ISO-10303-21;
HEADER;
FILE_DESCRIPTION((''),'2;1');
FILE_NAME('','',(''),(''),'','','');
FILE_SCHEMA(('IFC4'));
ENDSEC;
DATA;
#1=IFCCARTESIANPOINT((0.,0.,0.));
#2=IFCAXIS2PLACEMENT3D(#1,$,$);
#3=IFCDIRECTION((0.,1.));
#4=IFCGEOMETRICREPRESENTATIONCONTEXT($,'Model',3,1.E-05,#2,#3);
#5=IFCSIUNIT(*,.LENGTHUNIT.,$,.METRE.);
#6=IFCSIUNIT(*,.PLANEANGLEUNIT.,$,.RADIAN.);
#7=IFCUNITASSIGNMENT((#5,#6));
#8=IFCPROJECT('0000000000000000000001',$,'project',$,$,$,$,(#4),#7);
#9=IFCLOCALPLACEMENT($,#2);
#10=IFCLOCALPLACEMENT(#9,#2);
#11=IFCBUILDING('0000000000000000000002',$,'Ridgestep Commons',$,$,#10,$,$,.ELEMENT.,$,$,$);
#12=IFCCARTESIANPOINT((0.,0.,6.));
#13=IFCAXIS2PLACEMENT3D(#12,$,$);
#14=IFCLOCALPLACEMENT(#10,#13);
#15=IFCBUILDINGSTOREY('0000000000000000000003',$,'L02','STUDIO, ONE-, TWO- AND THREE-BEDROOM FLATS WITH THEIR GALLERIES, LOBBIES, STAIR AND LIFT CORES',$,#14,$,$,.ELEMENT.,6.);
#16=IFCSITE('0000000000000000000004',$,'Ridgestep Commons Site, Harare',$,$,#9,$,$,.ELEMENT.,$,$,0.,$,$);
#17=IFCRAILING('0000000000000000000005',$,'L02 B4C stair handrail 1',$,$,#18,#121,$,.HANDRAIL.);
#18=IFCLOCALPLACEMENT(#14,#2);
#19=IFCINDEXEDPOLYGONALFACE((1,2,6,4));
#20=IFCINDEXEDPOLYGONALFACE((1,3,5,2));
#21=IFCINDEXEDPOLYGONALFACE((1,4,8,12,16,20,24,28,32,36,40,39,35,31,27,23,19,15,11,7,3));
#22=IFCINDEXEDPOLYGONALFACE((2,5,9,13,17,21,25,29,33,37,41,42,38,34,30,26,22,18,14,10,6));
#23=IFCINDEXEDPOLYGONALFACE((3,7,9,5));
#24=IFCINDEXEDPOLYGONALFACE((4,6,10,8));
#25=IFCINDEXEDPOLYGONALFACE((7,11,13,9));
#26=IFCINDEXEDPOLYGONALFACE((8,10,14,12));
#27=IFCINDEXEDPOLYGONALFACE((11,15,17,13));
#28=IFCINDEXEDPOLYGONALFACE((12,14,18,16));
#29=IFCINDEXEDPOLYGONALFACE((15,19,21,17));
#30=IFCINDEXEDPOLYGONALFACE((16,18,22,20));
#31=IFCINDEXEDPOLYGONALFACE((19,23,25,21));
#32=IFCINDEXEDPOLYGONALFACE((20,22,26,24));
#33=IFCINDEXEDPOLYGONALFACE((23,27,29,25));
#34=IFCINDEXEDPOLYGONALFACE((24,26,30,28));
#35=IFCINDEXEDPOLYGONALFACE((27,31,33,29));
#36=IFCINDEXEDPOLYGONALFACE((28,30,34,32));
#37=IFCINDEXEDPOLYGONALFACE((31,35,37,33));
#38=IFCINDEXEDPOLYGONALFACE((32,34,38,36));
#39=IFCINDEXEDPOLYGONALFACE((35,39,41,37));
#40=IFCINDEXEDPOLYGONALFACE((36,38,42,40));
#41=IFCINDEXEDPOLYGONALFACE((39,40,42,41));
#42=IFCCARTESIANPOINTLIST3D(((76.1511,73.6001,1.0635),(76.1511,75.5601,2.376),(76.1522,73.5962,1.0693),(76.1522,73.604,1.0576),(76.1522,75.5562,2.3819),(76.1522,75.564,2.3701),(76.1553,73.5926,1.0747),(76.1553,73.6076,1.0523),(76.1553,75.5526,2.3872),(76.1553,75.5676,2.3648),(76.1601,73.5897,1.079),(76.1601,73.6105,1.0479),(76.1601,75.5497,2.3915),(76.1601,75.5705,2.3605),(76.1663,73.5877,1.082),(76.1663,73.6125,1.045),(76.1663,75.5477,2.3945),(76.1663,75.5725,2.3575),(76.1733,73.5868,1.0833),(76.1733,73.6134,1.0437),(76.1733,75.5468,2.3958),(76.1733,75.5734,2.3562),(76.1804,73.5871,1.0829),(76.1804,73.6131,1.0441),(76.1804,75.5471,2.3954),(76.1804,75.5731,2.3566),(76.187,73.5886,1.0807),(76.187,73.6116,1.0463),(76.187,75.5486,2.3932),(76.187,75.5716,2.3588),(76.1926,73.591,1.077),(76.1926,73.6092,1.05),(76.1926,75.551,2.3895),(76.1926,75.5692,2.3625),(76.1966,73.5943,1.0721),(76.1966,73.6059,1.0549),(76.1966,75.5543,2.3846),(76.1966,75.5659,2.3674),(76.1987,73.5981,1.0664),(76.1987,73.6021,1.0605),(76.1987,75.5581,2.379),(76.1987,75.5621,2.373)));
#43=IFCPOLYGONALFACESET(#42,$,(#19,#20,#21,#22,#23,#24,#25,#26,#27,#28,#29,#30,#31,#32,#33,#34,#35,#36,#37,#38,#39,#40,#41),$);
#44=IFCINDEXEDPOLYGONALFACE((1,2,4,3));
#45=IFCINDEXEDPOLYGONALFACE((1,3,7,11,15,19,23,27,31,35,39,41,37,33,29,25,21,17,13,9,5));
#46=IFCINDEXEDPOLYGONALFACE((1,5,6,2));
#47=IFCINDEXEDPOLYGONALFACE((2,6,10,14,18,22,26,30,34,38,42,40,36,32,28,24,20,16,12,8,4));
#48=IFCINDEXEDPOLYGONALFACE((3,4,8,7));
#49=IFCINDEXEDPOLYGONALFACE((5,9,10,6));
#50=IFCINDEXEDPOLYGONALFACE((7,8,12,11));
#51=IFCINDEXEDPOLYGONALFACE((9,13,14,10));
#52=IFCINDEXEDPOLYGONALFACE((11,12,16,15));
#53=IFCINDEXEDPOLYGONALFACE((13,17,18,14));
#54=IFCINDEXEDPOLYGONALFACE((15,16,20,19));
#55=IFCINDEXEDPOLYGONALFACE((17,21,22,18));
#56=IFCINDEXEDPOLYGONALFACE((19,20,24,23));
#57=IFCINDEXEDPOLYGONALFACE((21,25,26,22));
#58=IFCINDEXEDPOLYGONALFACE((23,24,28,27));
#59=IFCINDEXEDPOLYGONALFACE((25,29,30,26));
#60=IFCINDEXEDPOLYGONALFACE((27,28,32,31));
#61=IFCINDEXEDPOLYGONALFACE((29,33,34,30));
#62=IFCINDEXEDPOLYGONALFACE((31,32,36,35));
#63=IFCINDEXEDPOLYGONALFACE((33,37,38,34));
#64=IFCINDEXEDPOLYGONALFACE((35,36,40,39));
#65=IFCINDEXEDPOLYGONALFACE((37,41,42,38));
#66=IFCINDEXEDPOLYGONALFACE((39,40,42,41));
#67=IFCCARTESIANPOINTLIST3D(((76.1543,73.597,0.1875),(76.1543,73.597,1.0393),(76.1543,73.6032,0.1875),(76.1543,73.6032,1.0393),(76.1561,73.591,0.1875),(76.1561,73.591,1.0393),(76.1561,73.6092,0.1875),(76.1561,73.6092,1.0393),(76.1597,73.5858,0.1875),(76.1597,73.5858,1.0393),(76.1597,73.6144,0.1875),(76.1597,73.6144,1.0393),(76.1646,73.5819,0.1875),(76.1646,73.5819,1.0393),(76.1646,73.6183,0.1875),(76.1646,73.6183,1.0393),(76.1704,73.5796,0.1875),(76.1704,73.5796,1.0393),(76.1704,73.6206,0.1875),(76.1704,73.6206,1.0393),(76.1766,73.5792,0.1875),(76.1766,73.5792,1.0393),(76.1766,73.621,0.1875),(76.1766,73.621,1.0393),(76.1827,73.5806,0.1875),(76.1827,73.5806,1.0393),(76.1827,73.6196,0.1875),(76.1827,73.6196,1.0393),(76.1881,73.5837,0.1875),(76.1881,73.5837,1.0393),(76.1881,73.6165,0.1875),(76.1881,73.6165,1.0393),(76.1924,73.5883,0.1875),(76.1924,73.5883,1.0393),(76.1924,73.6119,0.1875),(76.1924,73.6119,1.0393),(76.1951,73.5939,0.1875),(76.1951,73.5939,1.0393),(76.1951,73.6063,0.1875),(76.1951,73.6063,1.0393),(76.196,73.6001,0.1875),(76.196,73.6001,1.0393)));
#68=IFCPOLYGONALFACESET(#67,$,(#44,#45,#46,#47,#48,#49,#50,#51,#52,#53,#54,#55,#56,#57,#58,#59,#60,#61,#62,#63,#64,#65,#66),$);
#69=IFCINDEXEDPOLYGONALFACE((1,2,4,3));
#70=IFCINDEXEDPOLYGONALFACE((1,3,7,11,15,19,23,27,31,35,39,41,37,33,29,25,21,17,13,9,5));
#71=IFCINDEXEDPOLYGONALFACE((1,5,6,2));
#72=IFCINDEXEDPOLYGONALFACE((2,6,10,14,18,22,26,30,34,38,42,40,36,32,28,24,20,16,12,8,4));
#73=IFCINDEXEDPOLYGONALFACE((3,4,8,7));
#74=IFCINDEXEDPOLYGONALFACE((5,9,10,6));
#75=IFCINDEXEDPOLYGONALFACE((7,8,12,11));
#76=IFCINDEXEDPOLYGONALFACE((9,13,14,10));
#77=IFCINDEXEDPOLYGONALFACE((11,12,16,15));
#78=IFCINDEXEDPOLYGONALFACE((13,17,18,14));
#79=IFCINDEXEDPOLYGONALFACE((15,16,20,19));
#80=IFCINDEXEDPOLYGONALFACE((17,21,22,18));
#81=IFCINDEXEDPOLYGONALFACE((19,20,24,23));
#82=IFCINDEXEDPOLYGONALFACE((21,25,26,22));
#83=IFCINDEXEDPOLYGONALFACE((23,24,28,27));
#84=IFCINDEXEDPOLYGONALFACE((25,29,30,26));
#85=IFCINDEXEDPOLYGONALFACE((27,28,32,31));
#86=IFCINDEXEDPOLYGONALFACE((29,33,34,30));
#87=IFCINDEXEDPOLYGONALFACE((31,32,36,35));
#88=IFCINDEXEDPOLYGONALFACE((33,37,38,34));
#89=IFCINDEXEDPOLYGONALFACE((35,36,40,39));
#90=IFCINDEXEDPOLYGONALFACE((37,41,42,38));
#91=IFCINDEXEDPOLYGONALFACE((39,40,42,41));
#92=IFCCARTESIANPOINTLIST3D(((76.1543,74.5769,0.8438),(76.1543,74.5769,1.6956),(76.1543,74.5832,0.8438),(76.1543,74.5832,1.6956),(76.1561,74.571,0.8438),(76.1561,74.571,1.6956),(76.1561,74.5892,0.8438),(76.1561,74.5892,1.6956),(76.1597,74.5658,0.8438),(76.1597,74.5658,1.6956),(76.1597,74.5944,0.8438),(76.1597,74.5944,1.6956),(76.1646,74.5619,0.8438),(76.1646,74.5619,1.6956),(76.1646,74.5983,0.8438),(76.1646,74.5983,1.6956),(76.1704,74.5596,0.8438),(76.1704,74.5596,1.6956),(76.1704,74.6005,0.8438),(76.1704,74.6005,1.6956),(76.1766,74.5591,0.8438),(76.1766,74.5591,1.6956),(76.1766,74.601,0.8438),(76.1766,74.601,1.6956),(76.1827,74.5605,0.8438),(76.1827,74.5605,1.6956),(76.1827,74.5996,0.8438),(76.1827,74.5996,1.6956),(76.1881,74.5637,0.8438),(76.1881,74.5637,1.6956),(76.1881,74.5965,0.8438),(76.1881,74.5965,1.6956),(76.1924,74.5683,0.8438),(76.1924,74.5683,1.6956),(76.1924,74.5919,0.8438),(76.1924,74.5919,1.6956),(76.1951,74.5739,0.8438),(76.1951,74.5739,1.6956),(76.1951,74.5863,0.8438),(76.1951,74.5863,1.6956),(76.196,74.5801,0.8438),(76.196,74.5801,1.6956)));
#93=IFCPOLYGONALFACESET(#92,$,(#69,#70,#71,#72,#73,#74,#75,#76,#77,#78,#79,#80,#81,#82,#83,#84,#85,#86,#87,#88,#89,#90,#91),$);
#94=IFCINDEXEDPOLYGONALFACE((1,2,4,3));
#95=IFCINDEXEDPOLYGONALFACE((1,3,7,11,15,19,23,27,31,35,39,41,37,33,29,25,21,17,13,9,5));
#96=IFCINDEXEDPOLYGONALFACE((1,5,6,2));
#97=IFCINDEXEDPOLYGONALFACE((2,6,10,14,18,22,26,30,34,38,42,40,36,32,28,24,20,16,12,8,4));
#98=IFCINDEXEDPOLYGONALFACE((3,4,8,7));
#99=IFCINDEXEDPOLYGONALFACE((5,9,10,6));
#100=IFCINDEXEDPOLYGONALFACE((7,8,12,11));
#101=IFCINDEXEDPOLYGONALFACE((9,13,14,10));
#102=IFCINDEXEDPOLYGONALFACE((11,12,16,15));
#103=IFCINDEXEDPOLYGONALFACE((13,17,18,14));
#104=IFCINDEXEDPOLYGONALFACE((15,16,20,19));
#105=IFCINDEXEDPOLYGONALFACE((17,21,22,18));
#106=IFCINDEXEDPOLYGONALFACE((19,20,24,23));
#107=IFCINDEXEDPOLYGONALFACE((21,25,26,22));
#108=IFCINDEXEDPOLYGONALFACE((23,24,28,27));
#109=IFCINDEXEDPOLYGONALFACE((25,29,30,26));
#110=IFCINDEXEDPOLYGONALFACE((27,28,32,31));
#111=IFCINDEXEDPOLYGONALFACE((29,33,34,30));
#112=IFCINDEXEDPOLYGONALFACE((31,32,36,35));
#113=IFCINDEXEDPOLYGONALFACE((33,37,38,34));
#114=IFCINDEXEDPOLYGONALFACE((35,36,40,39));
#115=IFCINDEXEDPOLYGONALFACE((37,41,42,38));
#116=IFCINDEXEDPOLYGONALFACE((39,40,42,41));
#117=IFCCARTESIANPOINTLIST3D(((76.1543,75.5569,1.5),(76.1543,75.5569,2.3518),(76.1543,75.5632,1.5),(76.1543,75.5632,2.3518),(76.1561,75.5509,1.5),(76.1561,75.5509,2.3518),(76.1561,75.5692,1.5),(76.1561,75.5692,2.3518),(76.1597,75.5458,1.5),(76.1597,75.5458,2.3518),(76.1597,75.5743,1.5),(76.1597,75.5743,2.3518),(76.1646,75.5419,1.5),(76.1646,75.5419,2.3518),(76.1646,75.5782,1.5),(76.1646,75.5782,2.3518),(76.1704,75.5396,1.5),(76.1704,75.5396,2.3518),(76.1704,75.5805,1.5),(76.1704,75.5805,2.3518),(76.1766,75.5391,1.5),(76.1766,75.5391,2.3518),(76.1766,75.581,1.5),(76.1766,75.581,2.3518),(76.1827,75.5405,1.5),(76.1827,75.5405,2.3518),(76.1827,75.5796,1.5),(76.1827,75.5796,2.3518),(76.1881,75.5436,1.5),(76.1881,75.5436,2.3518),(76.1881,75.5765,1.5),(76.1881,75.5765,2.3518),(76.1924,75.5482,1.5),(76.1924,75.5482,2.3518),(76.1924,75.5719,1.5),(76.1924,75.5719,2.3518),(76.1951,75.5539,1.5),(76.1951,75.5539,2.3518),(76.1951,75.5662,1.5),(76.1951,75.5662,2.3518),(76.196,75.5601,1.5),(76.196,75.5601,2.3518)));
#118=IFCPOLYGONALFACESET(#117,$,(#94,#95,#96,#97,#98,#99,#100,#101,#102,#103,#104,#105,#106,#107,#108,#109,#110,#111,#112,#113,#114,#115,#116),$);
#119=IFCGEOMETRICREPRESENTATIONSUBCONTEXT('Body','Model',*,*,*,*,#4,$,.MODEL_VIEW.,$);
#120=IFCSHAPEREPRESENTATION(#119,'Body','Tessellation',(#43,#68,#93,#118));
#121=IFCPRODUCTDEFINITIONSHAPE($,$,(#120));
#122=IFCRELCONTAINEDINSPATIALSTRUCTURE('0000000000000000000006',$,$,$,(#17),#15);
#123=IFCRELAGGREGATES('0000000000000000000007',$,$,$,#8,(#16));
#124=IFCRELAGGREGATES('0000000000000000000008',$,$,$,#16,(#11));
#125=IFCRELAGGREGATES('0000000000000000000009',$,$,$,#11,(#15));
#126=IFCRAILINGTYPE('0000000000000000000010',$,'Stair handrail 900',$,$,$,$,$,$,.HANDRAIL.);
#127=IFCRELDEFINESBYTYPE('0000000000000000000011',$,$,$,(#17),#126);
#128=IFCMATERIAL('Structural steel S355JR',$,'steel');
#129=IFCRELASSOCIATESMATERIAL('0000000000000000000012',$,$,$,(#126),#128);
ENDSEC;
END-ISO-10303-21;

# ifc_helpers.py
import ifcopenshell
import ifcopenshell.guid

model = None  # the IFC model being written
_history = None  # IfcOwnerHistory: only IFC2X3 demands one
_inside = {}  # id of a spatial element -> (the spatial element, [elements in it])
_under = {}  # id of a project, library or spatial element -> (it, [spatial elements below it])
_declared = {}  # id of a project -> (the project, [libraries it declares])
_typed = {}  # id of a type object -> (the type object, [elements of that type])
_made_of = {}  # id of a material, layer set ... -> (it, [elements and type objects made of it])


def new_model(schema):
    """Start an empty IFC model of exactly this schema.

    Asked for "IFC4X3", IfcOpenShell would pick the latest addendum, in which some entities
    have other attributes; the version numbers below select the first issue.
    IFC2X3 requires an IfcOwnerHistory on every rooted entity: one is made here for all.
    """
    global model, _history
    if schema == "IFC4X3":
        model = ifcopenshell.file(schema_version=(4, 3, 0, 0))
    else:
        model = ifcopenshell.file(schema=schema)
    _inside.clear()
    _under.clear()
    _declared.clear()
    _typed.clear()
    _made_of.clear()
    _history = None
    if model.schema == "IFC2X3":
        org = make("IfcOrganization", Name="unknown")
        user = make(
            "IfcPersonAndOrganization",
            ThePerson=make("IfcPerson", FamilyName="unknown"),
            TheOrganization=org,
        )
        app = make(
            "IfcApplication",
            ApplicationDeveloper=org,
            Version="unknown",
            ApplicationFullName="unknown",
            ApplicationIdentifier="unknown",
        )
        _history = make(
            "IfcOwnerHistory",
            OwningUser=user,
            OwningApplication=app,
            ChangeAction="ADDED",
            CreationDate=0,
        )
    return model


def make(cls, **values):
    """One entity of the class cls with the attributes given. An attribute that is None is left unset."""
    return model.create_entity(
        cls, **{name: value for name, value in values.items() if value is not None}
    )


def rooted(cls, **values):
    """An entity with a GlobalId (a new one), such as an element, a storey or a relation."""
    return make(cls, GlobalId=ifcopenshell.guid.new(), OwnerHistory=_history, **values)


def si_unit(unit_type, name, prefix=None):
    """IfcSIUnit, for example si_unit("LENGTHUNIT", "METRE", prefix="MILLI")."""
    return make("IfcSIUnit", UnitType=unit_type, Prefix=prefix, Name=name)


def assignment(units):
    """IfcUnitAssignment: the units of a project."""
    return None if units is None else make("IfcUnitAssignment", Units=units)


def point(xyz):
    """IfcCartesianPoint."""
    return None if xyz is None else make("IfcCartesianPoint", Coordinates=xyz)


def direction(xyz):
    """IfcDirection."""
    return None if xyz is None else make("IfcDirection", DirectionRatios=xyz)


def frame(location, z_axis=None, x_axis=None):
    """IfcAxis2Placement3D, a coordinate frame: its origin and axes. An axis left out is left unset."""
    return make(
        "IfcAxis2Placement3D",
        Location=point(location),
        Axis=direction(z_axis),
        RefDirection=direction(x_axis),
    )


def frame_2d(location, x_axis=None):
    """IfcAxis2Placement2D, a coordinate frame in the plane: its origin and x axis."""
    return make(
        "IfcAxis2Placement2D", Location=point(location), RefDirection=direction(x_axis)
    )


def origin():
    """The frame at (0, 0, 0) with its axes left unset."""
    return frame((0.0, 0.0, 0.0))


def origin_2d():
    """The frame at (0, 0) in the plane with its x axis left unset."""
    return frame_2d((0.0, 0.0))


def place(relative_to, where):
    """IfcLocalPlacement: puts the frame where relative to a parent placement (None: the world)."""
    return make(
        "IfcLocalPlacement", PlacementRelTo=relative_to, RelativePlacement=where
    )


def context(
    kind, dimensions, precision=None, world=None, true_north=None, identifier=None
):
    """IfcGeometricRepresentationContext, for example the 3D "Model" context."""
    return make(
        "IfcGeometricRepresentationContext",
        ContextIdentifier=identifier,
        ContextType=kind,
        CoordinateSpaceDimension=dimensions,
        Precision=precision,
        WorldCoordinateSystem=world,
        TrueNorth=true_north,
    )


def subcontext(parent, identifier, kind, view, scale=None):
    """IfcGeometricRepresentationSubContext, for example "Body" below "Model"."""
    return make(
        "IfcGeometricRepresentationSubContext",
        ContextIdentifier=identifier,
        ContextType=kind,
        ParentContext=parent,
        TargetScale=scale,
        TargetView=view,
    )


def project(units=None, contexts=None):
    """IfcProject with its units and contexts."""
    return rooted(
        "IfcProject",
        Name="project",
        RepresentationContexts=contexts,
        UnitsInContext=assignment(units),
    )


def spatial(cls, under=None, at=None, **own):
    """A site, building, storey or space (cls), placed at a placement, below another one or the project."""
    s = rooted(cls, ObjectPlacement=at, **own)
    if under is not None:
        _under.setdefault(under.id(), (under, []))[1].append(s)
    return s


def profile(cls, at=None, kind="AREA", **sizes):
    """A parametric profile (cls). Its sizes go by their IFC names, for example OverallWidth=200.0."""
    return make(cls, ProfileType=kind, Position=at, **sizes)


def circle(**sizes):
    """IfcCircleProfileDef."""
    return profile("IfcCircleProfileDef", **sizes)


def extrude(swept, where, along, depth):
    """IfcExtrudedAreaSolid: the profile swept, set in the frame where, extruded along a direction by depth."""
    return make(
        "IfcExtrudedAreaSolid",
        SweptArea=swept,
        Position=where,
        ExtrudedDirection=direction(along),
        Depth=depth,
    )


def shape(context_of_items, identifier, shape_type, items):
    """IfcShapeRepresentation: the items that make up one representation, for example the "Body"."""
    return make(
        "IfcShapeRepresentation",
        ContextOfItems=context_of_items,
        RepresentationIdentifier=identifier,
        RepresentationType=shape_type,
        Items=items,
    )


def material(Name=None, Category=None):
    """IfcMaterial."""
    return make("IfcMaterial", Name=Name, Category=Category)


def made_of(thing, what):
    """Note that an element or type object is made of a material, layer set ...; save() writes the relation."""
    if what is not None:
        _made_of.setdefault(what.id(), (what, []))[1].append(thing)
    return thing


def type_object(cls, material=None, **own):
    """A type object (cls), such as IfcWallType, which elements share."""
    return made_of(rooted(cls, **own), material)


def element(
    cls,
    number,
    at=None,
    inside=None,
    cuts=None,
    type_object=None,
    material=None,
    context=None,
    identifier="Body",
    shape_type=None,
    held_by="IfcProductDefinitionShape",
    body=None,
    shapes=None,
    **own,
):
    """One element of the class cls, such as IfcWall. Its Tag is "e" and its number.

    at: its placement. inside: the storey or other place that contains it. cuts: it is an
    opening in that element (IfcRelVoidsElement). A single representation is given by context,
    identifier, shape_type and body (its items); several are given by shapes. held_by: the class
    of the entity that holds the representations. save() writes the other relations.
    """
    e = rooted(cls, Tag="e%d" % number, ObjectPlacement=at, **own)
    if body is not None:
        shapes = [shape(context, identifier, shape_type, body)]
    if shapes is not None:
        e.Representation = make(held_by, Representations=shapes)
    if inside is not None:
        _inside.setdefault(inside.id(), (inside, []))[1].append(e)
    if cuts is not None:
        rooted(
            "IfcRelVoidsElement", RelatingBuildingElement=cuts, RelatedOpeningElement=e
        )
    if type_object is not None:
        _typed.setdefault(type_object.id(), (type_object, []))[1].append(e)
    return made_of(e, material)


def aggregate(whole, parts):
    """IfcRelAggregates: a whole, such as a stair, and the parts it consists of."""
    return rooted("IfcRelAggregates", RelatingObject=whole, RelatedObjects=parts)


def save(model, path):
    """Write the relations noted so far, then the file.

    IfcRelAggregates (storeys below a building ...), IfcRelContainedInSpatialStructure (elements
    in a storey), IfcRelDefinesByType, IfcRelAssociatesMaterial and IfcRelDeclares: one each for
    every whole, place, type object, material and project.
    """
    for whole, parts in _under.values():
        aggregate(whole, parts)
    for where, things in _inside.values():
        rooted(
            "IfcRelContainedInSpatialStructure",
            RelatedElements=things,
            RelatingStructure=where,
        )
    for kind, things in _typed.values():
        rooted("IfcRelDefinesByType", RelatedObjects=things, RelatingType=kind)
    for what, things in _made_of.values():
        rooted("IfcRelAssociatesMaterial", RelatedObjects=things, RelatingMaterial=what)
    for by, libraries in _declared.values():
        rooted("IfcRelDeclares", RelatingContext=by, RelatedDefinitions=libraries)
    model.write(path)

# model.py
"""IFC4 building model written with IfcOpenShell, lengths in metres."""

from ifc_helpers import new_model, si_unit, direction, frame, origin, origin_2d, place, context, subcontext, project, spatial, circle, extrude, material, type_object, element, save


model = new_model("IFC4")

# Units and contexts
model_context = context("Model", 3, precision=1e-05, world=origin(), true_north=direction((0.0, 1.0)))
body_context = subcontext(model_context, "Body", "Model", "MODEL_VIEW")
ifc_project = project(units=[si_unit("LENGTHUNIT", "METRE"), si_unit("PLANEANGLEUNIT", "RADIAN")], contexts=[model_context])

# Site, building, storey
site_placement = place(None, origin())
site = spatial("IfcSite", under=ifc_project, at=site_placement, Name="Ridgestep Commons Site, Harare", CompositionType="ELEMENT", RefElevation=0.0)
building_placement = place(site_placement, origin())
building = spatial("IfcBuilding", under=site, at=building_placement, Name="Ridgestep Commons", CompositionType="ELEMENT")
storey_placement = place(building_placement, frame((0.0, 0.0, 6.0)))
storey = spatial("IfcBuildingStorey", under=building, at=storey_placement, Name="L02", Description="STUDIO, ONE-, TWO- AND THREE-BEDROOM FLATS WITH THEIR GALLERIES, LOBBIES, STAIR AND LIFT CORES", CompositionType="ELEMENT", Elevation=6.0)

# Railing
ifc_material_1 = material(Name="Structural steel S355JR", Category="steel")
railing_type_1 = type_object("IfcRailingType", Name="Stair handrail 900", PredefinedType="HANDRAIL", material=ifc_material_1)
railing_1_placement = place(storey_placement, frame((76.175, 73.6001, 0.1875)))
element("IfcRailing", 1, at=railing_1_placement, inside=storey, type_object=railing_type_1, Name="L02 B4C stair handrail 1", PredefinedType="HANDRAIL", context=body_context, shape_type="SweptSolid", body=[
    extrude(circle(Radius=0.0239, at=origin_2d()), frame((0.0, 0.0, 0.876), z_axis=(0.0, 0.830902, 0.556419), x_axis=(-1.0, 0.0, 0.0)), (0.0, 0.0, 1.0), 2.3589),
    extrude(circle(Radius=0.021, at=origin_2d()), origin(), (0.0, 0.0, 1.0), 0.8518),
    extrude(circle(Radius=0.021, at=origin_2d()), frame((0.0, 0.98, 0.6562)), (0.0, 0.0, 1.0), 0.8518),
    extrude(circle(Radius=0.021, at=origin_2d()), frame((0.0, 1.96, 1.3125)), (0.0, 0.0, 1.0), 0.8518),
])

save(model, "model.ifc")
